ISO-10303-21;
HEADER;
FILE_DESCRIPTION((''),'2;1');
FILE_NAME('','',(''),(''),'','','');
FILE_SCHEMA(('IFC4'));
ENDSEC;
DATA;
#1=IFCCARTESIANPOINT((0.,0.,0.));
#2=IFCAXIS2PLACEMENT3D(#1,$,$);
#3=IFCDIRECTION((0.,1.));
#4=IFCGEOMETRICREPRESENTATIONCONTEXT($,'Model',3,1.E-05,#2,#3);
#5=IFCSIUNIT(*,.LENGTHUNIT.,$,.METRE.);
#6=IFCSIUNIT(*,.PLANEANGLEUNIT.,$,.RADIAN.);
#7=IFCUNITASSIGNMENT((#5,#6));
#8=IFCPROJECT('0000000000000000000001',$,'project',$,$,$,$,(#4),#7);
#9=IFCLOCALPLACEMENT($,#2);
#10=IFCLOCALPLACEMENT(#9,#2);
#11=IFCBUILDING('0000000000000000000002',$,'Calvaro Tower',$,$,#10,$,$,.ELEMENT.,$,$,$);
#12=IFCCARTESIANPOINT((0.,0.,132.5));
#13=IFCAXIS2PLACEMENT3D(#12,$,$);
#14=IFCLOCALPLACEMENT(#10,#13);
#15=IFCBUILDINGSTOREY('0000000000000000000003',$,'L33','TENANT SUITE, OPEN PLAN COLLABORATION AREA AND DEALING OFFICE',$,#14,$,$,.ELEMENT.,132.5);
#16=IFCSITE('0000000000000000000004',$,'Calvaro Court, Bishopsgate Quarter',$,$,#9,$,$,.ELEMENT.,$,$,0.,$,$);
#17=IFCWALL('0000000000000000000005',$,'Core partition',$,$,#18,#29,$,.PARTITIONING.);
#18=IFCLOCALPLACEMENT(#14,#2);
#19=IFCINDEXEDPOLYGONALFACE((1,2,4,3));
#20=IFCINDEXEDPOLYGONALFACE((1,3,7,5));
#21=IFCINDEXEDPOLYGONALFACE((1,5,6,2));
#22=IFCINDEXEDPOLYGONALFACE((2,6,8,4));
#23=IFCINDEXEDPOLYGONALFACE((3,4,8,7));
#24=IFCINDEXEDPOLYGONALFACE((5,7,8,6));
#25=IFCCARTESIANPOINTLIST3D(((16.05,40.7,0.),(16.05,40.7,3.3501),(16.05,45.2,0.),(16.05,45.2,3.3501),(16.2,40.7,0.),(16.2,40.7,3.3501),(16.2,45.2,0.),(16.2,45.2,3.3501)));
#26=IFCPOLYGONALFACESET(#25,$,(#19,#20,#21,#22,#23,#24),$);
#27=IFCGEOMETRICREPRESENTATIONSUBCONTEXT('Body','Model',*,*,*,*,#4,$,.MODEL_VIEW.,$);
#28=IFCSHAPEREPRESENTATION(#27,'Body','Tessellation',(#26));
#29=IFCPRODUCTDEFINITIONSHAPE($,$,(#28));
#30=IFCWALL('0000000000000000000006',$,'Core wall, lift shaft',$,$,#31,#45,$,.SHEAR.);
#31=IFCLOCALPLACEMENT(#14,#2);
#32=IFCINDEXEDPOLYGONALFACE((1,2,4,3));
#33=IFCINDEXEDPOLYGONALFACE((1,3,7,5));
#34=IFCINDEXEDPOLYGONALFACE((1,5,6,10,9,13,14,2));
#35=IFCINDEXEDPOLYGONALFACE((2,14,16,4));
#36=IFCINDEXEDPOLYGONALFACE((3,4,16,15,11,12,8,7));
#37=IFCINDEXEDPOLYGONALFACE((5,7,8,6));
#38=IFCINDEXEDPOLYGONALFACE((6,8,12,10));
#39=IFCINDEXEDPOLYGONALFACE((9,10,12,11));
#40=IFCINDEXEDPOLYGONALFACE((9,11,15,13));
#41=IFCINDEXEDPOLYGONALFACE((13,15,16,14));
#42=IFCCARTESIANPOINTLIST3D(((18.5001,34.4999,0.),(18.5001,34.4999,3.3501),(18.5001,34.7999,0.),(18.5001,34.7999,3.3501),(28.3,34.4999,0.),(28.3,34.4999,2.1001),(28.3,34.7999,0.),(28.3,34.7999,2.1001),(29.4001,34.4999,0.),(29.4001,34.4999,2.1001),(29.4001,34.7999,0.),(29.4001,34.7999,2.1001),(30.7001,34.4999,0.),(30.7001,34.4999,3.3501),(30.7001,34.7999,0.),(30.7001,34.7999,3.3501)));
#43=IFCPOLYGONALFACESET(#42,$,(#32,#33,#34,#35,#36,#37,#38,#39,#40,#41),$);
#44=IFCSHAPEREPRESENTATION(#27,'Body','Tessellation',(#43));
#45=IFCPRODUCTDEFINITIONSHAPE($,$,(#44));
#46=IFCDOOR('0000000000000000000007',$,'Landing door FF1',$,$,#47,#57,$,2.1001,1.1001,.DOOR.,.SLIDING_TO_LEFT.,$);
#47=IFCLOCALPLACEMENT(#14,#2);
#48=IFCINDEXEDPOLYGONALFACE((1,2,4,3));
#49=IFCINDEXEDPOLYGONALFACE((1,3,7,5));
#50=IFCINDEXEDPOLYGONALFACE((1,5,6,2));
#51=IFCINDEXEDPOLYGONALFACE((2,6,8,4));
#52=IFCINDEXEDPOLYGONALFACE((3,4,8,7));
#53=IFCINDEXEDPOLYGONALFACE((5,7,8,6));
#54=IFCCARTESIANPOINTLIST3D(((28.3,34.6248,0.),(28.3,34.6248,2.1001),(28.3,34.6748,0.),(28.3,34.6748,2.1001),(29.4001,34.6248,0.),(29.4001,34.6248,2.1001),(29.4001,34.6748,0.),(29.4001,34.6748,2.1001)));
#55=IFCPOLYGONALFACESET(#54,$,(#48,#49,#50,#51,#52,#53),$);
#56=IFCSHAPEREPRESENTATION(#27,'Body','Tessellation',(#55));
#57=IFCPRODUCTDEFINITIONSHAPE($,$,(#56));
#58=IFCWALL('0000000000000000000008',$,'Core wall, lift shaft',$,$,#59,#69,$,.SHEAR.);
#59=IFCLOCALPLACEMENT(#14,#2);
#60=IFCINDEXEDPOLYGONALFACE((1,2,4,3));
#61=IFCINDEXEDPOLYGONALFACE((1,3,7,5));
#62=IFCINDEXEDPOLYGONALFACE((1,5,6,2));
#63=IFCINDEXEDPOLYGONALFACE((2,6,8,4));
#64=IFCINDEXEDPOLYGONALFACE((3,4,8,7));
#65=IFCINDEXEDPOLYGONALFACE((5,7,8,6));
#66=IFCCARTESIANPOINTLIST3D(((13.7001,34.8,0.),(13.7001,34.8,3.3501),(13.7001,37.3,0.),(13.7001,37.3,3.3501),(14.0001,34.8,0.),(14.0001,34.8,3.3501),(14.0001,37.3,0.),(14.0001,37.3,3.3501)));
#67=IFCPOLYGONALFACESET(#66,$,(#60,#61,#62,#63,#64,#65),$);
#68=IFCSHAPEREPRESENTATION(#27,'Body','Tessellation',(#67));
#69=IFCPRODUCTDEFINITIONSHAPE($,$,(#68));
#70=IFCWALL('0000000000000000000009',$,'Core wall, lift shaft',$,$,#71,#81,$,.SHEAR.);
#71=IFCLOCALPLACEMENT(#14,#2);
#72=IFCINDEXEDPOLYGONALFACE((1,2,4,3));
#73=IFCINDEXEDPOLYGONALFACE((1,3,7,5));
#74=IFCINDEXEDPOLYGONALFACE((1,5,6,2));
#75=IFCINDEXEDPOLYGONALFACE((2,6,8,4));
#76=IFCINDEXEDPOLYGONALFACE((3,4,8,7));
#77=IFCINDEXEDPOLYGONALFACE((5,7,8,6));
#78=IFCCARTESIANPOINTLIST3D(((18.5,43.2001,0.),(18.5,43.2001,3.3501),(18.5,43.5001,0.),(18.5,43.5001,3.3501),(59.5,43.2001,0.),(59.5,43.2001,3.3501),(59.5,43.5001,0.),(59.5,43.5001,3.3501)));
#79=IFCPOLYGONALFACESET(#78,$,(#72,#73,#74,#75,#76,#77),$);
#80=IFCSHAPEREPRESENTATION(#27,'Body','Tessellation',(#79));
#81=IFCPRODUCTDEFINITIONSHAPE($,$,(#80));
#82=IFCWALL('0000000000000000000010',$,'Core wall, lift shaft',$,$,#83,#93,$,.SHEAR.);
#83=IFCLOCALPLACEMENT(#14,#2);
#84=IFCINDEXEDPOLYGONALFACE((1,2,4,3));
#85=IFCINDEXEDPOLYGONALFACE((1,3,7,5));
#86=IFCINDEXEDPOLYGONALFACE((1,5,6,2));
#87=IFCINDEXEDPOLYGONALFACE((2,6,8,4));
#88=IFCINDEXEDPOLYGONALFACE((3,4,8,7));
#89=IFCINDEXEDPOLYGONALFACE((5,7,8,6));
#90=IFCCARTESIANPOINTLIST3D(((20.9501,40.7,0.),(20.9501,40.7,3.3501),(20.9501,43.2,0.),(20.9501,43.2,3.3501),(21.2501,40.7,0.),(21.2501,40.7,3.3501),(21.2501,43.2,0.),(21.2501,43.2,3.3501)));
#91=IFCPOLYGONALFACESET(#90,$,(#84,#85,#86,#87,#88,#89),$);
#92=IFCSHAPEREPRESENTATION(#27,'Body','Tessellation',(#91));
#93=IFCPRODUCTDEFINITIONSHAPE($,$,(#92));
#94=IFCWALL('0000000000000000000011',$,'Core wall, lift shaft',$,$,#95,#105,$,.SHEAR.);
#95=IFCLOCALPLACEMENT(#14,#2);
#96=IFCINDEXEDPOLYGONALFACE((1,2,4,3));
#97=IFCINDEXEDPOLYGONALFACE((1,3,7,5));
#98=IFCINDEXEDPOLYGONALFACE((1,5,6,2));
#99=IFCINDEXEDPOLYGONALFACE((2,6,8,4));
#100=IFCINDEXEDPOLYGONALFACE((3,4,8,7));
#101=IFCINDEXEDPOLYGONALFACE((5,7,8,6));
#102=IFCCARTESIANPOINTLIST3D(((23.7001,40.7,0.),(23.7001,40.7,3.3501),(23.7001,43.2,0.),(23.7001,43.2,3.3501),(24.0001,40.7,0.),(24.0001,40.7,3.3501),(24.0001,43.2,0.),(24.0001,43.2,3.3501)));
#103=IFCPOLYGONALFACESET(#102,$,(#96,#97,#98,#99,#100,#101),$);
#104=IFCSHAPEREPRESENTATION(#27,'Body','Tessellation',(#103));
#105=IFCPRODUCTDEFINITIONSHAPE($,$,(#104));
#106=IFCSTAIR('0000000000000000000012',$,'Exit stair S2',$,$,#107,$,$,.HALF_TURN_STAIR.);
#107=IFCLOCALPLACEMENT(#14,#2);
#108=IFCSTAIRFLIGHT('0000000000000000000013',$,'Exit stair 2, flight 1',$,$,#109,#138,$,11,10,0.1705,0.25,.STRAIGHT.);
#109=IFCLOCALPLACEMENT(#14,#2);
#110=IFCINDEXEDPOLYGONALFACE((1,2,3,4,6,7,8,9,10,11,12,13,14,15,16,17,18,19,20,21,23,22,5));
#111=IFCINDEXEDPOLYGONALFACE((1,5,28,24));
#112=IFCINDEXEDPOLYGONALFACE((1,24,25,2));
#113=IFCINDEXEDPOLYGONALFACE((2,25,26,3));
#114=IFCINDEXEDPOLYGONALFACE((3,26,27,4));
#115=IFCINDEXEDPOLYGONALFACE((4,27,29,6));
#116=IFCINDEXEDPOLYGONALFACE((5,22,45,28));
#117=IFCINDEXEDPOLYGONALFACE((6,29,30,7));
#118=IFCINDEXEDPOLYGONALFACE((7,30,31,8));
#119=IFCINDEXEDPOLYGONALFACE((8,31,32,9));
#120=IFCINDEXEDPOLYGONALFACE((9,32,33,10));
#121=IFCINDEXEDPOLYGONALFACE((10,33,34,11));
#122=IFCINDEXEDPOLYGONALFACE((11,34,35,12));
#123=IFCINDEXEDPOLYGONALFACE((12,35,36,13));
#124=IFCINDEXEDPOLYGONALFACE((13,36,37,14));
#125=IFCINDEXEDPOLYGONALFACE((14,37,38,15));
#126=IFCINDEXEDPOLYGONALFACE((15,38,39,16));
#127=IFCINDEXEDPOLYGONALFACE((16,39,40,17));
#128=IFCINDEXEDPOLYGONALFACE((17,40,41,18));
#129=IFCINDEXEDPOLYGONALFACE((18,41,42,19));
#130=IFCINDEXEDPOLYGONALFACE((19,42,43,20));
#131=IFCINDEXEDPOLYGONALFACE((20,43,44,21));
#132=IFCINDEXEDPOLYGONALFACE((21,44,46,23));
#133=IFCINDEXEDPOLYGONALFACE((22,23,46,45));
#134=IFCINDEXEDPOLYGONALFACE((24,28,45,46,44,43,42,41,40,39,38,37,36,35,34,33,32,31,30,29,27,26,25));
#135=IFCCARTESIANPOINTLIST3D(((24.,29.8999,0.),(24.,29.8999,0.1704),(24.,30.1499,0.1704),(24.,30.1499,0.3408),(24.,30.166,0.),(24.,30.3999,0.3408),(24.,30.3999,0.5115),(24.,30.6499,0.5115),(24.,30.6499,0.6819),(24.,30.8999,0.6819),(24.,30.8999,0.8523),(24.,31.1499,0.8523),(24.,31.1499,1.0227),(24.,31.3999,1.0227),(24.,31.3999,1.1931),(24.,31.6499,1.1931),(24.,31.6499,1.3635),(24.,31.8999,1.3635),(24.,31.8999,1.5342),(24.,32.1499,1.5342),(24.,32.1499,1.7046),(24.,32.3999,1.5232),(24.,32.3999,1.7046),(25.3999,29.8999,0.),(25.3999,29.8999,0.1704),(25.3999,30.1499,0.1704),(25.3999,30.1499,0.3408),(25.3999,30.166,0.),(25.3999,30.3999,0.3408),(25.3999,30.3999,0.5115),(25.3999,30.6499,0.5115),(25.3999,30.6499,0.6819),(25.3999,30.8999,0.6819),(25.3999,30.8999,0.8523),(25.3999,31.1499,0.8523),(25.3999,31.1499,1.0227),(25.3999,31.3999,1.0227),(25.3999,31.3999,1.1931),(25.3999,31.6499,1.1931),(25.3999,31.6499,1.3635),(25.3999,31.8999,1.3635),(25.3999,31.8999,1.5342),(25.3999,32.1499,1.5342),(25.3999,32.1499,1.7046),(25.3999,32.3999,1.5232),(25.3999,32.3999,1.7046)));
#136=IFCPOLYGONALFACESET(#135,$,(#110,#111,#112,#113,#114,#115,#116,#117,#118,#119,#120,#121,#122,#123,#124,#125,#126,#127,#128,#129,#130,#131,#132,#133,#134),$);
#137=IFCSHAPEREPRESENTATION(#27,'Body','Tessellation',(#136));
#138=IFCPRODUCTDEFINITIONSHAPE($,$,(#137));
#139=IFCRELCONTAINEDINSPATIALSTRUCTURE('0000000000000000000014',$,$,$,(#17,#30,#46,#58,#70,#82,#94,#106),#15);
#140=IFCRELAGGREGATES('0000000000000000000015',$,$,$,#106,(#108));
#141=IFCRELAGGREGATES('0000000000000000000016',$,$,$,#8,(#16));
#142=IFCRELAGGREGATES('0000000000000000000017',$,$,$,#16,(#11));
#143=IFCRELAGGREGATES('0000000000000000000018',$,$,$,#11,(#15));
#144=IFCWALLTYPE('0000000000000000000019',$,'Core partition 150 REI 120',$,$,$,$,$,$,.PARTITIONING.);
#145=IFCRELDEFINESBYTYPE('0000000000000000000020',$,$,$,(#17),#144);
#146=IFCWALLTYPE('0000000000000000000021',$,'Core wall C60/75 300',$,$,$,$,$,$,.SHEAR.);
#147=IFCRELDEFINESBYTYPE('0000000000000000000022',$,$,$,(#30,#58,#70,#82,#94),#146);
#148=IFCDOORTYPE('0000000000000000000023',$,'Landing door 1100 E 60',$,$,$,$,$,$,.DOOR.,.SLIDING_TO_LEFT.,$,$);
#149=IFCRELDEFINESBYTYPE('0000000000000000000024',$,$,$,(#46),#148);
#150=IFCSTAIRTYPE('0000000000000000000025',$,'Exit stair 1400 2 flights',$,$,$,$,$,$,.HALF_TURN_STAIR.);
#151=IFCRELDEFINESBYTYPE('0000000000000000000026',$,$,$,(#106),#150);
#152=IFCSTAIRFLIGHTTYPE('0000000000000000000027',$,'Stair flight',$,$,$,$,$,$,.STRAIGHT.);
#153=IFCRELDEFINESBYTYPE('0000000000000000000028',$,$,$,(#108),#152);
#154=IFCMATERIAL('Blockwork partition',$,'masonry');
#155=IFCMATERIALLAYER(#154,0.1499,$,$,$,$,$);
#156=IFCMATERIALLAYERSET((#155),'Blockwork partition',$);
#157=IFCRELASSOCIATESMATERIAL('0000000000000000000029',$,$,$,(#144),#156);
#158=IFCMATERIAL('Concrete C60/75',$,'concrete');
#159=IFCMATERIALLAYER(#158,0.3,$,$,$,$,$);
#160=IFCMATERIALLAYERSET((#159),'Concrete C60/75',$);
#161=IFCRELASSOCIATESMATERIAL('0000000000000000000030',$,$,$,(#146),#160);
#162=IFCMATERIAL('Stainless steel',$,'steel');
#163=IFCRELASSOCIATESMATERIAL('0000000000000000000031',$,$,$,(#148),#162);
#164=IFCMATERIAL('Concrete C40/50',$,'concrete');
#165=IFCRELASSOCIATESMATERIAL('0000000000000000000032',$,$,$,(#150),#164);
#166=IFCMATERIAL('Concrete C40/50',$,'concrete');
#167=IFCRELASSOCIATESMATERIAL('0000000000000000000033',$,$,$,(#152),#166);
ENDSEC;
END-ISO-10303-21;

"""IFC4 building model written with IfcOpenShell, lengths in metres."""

from ifc_helpers import new_model, si_unit, direction, frame, frame_2d, origin, place, context, subcontext, project, spatial, polyline, rectangle, outline, extrude, material, layer, layer_set, type_object, element, fill, aggregate, save


model = new_model("IFC4")

# Units and contexts
model_context = context("Model", 3, precision=1e-05, world=origin(), true_north=direction((0.0, 1.0)))
body_context = subcontext(model_context, "Body", "Model", "MODEL_VIEW")
ifc_project = project(units=[si_unit("LENGTHUNIT", "METRE"), si_unit("PLANEANGLEUNIT", "RADIAN")], contexts=[model_context])

# Site, building, storey
site_placement = place(None, origin())
site = spatial("IfcSite", under=ifc_project, at=site_placement, Name="Calvaro Court, Bishopsgate Quarter", CompositionType="ELEMENT", RefElevation=0.0)
building_placement = place(site_placement, origin())
building = spatial("IfcBuilding", under=site, at=building_placement, Name="Calvaro Tower", CompositionType="ELEMENT")
storey_placement = place(building_placement, frame((0.0, 0.0, 132.5)))
storey = spatial("IfcBuildingStorey", under=building, at=storey_placement, Name="L33", Description="TENANT SUITE, OPEN PLAN COLLABORATION AREA AND DEALING OFFICE", CompositionType="ELEMENT", Elevation=132.5)

# Wall
ifc_material_1 = material(Name="Blockwork partition", Category="masonry")
ifc_layer_1 = layer(ifc_material_1, 0.1499)
ifc_layer_set_1 = layer_set([ifc_layer_1], Name="Blockwork partition")
wall_type_1 = type_object("IfcWallType", Name="Core partition 150 REI 120", PredefinedType="PARTITIONING", material=ifc_layer_set_1)
wall_1_placement = place(storey_placement, frame((16.125, 40.7, 0.0), z_axis=(0.0, 0.0, 1.0), x_axis=(0.0, 1.0, 0.0)))
element("IfcWall", 1, at=wall_1_placement, inside=storey, type_object=wall_type_1, Name="Core partition", PredefinedType="PARTITIONING", context=body_context, shape_type="SweptSolid", body=[
    extrude(rectangle(XDim=4.5, YDim=0.1499, at=frame_2d((2.25, 0.0))), origin(), (0.0, 0.0, 1.0), 3.3501),
])

# Wall, opening, door
ifc_material_2 = material(Name="Concrete C60/75", Category="concrete")
ifc_layer_2 = layer(ifc_material_2, 0.3)
ifc_layer_set_2 = layer_set([ifc_layer_2], Name="Concrete C60/75")
wall_type_2 = type_object("IfcWallType", Name="Core wall C60/75 300", PredefinedType="SHEAR", material=ifc_layer_set_2)
wall_2_placement = place(storey_placement, frame((18.5, 34.6499, 0.0), z_axis=(0.0, 0.0, 1.0), x_axis=(1.0, 0.0, 0.0)))
wall_2 = element("IfcWall", 2, at=wall_2_placement, inside=storey, type_object=wall_type_2, Name="Core wall, lift shaft", PredefinedType="SHEAR", context=body_context, shape_type="SweptSolid", body=[
    extrude(rectangle(XDim=12.2, YDim=0.3, at=frame_2d((6.1001, 0.0))), origin(), (0.0, 0.0, 1.0), 3.3501),
])
opening_1_placement = place(wall_2_placement, frame((9.8, 0.0, 0.0)))
opening_1 = element("IfcOpeningElement", 3, at=opening_1_placement, cuts=wall_2, PredefinedType="OPENING", context=body_context, shape_type="SweptSolid", body=[
    extrude(rectangle(XDim=1.1001, YDim=2.1001, at=frame_2d((0.55, 1.05))), frame((0.0, 0.1599, 0.0), z_axis=(0.0, -1.0, 0.0), x_axis=(1.0, 0.0, 0.0)), (0.0, 0.0, 1.0), 0.3201),
])
ifc_material_3 = material(Name="Stainless steel", Category="steel")
door_type_1 = type_object("IfcDoorType", Name="Landing door 1100 E 60", OperationType="SLIDING_TO_LEFT", PredefinedType="DOOR", material=ifc_material_3)
door_1_placement = place(opening_1_placement, origin())
door_1 = element("IfcDoor", 4, at=door_1_placement, inside=storey, type_object=door_type_1, Name="Landing door FF1", OperationType="SLIDING_TO_LEFT", OverallHeight=2.1001, OverallWidth=1.1001, PredefinedType="DOOR", context=body_context, shape_type="SweptSolid", body=[
    extrude(rectangle(XDim=1.1001, YDim=2.1001, at=frame_2d((0.55, 1.05))), frame((0.0, 0.0249, 0.0), z_axis=(0.0, -1.0, 0.0), x_axis=(1.0, 0.0, 0.0)), (0.0, 0.0, 1.0), 0.05),
])
fill(opening_1, door_1)

# Wall
wall_3_placement = place(storey_placement, frame((13.8501, 34.8, 0.0), z_axis=(0.0, 0.0, 1.0), x_axis=(0.0, 1.0, 0.0)))
element("IfcWall", 5, at=wall_3_placement, inside=storey, type_object=wall_type_2, Name="Core wall, lift shaft", PredefinedType="SHEAR", context=body_context, shape_type="SweptSolid", body=[
    extrude(rectangle(XDim=2.5, YDim=0.3, at=frame_2d((1.25, 0.0))), origin(), (0.0, 0.0, 1.0), 3.3501),
])

# Walls
wall_4_placement = place(storey_placement, frame((18.5, 43.3501, 0.0), z_axis=(0.0, 0.0, 1.0), x_axis=(1.0, 0.0, 0.0)))
element("IfcWall", 6, at=wall_4_placement, inside=storey, type_object=wall_type_2, Name="Core wall, lift shaft", PredefinedType="SHEAR", context=body_context, shape_type="SweptSolid", body=[
    extrude(rectangle(XDim=41.0, YDim=0.3, at=frame_2d((20.5, 0.0))), origin(), (0.0, 0.0, 1.0), 3.3501),
])
for number, where, z_axis, x_axis, name in (
    (7, (21.1001, 40.7, 0.0), (0.0, 0.0, 1.0), (0.0, 1.0, 0.0), "Core wall, lift shaft"),
    (8, (23.8501, 40.7, 0.0), (0.0, 0.0, 1.0), (0.0, 1.0, 0.0), "Core wall, lift shaft"),
):
    element("IfcWall", number, at=place(storey_placement, frame(where, z_axis=z_axis, x_axis=x_axis)), inside=storey, type_object=wall_type_2, Name=name, PredefinedType="SHEAR", context=body_context, shape_type="SweptSolid", body=[
        extrude(rectangle(XDim=2.5, YDim=0.3, at=frame_2d((1.25, 0.0))), origin(), (0.0, 0.0, 1.0), 3.3501),
    ])

# Stair, stair flight
ifc_material_4 = material(Name="Concrete C40/50", Category="concrete")
stair_type = type_object("IfcStairType", Name="Exit stair 1400 2 flights", PredefinedType="HALF_TURN_STAIR", material=ifc_material_4)
stair_placement = place(storey_placement, origin())
stair = element("IfcStair", 9, at=stair_placement, inside=storey, type_object=stair_type, Name="Exit stair S2", PredefinedType="HALF_TURN_STAIR")
ifc_material_5 = material(Name="Concrete C40/50", Category="concrete")
stair_flight_type = type_object("IfcStairFlightType", Name="Stair flight", PredefinedType="STRAIGHT", material=ifc_material_5)
stair_flight_placement = place(storey_placement, frame((24.7, 29.8999, 0.0), z_axis=(0.0, 0.0, 1.0), x_axis=(0.0, 1.0, 0.0)))
stair_flight = element("IfcStairFlight", 10, at=stair_flight_placement, type_object=stair_flight_type, Name="Exit stair 2, flight 1", NumberOfRisers=11, NumberOfTreads=10, PredefinedType="STRAIGHT", RiserHeight=0.1705, TreadLength=0.25, context=body_context, shape_type="SweptSolid", body=[
    extrude(outline(polyline([(0.0, 0.0), (0.0, 0.1704), (0.25, 0.1704), (0.25, 0.3408), (0.5, 0.3408), (0.5, 0.5115), (0.75, 0.5115), (0.75, 0.6819), (1.0, 0.6819), (1.0, 0.8523), (1.25, 0.8523), (1.25, 1.0227), (1.5, 1.0227), (1.5, 1.1931), (1.75, 1.1931), (1.75, 1.3635), (2.0, 1.3635), (2.0, 1.5342), (2.25, 1.5342), (2.25, 1.7046), (2.5, 1.7046), (2.5, 1.875), (2.5, 1.5232), (0.2661, 0.0), (0.0, 0.0)])), frame((0.0, 0.7, 0.0), z_axis=(0.0, -1.0, 0.0), x_axis=(1.0, 0.0, 0.0)), (0.0, 0.0, 1.0), 1.3999),
])
aggregate(stair, [stair_flight])

save(model, "model.ifc")
